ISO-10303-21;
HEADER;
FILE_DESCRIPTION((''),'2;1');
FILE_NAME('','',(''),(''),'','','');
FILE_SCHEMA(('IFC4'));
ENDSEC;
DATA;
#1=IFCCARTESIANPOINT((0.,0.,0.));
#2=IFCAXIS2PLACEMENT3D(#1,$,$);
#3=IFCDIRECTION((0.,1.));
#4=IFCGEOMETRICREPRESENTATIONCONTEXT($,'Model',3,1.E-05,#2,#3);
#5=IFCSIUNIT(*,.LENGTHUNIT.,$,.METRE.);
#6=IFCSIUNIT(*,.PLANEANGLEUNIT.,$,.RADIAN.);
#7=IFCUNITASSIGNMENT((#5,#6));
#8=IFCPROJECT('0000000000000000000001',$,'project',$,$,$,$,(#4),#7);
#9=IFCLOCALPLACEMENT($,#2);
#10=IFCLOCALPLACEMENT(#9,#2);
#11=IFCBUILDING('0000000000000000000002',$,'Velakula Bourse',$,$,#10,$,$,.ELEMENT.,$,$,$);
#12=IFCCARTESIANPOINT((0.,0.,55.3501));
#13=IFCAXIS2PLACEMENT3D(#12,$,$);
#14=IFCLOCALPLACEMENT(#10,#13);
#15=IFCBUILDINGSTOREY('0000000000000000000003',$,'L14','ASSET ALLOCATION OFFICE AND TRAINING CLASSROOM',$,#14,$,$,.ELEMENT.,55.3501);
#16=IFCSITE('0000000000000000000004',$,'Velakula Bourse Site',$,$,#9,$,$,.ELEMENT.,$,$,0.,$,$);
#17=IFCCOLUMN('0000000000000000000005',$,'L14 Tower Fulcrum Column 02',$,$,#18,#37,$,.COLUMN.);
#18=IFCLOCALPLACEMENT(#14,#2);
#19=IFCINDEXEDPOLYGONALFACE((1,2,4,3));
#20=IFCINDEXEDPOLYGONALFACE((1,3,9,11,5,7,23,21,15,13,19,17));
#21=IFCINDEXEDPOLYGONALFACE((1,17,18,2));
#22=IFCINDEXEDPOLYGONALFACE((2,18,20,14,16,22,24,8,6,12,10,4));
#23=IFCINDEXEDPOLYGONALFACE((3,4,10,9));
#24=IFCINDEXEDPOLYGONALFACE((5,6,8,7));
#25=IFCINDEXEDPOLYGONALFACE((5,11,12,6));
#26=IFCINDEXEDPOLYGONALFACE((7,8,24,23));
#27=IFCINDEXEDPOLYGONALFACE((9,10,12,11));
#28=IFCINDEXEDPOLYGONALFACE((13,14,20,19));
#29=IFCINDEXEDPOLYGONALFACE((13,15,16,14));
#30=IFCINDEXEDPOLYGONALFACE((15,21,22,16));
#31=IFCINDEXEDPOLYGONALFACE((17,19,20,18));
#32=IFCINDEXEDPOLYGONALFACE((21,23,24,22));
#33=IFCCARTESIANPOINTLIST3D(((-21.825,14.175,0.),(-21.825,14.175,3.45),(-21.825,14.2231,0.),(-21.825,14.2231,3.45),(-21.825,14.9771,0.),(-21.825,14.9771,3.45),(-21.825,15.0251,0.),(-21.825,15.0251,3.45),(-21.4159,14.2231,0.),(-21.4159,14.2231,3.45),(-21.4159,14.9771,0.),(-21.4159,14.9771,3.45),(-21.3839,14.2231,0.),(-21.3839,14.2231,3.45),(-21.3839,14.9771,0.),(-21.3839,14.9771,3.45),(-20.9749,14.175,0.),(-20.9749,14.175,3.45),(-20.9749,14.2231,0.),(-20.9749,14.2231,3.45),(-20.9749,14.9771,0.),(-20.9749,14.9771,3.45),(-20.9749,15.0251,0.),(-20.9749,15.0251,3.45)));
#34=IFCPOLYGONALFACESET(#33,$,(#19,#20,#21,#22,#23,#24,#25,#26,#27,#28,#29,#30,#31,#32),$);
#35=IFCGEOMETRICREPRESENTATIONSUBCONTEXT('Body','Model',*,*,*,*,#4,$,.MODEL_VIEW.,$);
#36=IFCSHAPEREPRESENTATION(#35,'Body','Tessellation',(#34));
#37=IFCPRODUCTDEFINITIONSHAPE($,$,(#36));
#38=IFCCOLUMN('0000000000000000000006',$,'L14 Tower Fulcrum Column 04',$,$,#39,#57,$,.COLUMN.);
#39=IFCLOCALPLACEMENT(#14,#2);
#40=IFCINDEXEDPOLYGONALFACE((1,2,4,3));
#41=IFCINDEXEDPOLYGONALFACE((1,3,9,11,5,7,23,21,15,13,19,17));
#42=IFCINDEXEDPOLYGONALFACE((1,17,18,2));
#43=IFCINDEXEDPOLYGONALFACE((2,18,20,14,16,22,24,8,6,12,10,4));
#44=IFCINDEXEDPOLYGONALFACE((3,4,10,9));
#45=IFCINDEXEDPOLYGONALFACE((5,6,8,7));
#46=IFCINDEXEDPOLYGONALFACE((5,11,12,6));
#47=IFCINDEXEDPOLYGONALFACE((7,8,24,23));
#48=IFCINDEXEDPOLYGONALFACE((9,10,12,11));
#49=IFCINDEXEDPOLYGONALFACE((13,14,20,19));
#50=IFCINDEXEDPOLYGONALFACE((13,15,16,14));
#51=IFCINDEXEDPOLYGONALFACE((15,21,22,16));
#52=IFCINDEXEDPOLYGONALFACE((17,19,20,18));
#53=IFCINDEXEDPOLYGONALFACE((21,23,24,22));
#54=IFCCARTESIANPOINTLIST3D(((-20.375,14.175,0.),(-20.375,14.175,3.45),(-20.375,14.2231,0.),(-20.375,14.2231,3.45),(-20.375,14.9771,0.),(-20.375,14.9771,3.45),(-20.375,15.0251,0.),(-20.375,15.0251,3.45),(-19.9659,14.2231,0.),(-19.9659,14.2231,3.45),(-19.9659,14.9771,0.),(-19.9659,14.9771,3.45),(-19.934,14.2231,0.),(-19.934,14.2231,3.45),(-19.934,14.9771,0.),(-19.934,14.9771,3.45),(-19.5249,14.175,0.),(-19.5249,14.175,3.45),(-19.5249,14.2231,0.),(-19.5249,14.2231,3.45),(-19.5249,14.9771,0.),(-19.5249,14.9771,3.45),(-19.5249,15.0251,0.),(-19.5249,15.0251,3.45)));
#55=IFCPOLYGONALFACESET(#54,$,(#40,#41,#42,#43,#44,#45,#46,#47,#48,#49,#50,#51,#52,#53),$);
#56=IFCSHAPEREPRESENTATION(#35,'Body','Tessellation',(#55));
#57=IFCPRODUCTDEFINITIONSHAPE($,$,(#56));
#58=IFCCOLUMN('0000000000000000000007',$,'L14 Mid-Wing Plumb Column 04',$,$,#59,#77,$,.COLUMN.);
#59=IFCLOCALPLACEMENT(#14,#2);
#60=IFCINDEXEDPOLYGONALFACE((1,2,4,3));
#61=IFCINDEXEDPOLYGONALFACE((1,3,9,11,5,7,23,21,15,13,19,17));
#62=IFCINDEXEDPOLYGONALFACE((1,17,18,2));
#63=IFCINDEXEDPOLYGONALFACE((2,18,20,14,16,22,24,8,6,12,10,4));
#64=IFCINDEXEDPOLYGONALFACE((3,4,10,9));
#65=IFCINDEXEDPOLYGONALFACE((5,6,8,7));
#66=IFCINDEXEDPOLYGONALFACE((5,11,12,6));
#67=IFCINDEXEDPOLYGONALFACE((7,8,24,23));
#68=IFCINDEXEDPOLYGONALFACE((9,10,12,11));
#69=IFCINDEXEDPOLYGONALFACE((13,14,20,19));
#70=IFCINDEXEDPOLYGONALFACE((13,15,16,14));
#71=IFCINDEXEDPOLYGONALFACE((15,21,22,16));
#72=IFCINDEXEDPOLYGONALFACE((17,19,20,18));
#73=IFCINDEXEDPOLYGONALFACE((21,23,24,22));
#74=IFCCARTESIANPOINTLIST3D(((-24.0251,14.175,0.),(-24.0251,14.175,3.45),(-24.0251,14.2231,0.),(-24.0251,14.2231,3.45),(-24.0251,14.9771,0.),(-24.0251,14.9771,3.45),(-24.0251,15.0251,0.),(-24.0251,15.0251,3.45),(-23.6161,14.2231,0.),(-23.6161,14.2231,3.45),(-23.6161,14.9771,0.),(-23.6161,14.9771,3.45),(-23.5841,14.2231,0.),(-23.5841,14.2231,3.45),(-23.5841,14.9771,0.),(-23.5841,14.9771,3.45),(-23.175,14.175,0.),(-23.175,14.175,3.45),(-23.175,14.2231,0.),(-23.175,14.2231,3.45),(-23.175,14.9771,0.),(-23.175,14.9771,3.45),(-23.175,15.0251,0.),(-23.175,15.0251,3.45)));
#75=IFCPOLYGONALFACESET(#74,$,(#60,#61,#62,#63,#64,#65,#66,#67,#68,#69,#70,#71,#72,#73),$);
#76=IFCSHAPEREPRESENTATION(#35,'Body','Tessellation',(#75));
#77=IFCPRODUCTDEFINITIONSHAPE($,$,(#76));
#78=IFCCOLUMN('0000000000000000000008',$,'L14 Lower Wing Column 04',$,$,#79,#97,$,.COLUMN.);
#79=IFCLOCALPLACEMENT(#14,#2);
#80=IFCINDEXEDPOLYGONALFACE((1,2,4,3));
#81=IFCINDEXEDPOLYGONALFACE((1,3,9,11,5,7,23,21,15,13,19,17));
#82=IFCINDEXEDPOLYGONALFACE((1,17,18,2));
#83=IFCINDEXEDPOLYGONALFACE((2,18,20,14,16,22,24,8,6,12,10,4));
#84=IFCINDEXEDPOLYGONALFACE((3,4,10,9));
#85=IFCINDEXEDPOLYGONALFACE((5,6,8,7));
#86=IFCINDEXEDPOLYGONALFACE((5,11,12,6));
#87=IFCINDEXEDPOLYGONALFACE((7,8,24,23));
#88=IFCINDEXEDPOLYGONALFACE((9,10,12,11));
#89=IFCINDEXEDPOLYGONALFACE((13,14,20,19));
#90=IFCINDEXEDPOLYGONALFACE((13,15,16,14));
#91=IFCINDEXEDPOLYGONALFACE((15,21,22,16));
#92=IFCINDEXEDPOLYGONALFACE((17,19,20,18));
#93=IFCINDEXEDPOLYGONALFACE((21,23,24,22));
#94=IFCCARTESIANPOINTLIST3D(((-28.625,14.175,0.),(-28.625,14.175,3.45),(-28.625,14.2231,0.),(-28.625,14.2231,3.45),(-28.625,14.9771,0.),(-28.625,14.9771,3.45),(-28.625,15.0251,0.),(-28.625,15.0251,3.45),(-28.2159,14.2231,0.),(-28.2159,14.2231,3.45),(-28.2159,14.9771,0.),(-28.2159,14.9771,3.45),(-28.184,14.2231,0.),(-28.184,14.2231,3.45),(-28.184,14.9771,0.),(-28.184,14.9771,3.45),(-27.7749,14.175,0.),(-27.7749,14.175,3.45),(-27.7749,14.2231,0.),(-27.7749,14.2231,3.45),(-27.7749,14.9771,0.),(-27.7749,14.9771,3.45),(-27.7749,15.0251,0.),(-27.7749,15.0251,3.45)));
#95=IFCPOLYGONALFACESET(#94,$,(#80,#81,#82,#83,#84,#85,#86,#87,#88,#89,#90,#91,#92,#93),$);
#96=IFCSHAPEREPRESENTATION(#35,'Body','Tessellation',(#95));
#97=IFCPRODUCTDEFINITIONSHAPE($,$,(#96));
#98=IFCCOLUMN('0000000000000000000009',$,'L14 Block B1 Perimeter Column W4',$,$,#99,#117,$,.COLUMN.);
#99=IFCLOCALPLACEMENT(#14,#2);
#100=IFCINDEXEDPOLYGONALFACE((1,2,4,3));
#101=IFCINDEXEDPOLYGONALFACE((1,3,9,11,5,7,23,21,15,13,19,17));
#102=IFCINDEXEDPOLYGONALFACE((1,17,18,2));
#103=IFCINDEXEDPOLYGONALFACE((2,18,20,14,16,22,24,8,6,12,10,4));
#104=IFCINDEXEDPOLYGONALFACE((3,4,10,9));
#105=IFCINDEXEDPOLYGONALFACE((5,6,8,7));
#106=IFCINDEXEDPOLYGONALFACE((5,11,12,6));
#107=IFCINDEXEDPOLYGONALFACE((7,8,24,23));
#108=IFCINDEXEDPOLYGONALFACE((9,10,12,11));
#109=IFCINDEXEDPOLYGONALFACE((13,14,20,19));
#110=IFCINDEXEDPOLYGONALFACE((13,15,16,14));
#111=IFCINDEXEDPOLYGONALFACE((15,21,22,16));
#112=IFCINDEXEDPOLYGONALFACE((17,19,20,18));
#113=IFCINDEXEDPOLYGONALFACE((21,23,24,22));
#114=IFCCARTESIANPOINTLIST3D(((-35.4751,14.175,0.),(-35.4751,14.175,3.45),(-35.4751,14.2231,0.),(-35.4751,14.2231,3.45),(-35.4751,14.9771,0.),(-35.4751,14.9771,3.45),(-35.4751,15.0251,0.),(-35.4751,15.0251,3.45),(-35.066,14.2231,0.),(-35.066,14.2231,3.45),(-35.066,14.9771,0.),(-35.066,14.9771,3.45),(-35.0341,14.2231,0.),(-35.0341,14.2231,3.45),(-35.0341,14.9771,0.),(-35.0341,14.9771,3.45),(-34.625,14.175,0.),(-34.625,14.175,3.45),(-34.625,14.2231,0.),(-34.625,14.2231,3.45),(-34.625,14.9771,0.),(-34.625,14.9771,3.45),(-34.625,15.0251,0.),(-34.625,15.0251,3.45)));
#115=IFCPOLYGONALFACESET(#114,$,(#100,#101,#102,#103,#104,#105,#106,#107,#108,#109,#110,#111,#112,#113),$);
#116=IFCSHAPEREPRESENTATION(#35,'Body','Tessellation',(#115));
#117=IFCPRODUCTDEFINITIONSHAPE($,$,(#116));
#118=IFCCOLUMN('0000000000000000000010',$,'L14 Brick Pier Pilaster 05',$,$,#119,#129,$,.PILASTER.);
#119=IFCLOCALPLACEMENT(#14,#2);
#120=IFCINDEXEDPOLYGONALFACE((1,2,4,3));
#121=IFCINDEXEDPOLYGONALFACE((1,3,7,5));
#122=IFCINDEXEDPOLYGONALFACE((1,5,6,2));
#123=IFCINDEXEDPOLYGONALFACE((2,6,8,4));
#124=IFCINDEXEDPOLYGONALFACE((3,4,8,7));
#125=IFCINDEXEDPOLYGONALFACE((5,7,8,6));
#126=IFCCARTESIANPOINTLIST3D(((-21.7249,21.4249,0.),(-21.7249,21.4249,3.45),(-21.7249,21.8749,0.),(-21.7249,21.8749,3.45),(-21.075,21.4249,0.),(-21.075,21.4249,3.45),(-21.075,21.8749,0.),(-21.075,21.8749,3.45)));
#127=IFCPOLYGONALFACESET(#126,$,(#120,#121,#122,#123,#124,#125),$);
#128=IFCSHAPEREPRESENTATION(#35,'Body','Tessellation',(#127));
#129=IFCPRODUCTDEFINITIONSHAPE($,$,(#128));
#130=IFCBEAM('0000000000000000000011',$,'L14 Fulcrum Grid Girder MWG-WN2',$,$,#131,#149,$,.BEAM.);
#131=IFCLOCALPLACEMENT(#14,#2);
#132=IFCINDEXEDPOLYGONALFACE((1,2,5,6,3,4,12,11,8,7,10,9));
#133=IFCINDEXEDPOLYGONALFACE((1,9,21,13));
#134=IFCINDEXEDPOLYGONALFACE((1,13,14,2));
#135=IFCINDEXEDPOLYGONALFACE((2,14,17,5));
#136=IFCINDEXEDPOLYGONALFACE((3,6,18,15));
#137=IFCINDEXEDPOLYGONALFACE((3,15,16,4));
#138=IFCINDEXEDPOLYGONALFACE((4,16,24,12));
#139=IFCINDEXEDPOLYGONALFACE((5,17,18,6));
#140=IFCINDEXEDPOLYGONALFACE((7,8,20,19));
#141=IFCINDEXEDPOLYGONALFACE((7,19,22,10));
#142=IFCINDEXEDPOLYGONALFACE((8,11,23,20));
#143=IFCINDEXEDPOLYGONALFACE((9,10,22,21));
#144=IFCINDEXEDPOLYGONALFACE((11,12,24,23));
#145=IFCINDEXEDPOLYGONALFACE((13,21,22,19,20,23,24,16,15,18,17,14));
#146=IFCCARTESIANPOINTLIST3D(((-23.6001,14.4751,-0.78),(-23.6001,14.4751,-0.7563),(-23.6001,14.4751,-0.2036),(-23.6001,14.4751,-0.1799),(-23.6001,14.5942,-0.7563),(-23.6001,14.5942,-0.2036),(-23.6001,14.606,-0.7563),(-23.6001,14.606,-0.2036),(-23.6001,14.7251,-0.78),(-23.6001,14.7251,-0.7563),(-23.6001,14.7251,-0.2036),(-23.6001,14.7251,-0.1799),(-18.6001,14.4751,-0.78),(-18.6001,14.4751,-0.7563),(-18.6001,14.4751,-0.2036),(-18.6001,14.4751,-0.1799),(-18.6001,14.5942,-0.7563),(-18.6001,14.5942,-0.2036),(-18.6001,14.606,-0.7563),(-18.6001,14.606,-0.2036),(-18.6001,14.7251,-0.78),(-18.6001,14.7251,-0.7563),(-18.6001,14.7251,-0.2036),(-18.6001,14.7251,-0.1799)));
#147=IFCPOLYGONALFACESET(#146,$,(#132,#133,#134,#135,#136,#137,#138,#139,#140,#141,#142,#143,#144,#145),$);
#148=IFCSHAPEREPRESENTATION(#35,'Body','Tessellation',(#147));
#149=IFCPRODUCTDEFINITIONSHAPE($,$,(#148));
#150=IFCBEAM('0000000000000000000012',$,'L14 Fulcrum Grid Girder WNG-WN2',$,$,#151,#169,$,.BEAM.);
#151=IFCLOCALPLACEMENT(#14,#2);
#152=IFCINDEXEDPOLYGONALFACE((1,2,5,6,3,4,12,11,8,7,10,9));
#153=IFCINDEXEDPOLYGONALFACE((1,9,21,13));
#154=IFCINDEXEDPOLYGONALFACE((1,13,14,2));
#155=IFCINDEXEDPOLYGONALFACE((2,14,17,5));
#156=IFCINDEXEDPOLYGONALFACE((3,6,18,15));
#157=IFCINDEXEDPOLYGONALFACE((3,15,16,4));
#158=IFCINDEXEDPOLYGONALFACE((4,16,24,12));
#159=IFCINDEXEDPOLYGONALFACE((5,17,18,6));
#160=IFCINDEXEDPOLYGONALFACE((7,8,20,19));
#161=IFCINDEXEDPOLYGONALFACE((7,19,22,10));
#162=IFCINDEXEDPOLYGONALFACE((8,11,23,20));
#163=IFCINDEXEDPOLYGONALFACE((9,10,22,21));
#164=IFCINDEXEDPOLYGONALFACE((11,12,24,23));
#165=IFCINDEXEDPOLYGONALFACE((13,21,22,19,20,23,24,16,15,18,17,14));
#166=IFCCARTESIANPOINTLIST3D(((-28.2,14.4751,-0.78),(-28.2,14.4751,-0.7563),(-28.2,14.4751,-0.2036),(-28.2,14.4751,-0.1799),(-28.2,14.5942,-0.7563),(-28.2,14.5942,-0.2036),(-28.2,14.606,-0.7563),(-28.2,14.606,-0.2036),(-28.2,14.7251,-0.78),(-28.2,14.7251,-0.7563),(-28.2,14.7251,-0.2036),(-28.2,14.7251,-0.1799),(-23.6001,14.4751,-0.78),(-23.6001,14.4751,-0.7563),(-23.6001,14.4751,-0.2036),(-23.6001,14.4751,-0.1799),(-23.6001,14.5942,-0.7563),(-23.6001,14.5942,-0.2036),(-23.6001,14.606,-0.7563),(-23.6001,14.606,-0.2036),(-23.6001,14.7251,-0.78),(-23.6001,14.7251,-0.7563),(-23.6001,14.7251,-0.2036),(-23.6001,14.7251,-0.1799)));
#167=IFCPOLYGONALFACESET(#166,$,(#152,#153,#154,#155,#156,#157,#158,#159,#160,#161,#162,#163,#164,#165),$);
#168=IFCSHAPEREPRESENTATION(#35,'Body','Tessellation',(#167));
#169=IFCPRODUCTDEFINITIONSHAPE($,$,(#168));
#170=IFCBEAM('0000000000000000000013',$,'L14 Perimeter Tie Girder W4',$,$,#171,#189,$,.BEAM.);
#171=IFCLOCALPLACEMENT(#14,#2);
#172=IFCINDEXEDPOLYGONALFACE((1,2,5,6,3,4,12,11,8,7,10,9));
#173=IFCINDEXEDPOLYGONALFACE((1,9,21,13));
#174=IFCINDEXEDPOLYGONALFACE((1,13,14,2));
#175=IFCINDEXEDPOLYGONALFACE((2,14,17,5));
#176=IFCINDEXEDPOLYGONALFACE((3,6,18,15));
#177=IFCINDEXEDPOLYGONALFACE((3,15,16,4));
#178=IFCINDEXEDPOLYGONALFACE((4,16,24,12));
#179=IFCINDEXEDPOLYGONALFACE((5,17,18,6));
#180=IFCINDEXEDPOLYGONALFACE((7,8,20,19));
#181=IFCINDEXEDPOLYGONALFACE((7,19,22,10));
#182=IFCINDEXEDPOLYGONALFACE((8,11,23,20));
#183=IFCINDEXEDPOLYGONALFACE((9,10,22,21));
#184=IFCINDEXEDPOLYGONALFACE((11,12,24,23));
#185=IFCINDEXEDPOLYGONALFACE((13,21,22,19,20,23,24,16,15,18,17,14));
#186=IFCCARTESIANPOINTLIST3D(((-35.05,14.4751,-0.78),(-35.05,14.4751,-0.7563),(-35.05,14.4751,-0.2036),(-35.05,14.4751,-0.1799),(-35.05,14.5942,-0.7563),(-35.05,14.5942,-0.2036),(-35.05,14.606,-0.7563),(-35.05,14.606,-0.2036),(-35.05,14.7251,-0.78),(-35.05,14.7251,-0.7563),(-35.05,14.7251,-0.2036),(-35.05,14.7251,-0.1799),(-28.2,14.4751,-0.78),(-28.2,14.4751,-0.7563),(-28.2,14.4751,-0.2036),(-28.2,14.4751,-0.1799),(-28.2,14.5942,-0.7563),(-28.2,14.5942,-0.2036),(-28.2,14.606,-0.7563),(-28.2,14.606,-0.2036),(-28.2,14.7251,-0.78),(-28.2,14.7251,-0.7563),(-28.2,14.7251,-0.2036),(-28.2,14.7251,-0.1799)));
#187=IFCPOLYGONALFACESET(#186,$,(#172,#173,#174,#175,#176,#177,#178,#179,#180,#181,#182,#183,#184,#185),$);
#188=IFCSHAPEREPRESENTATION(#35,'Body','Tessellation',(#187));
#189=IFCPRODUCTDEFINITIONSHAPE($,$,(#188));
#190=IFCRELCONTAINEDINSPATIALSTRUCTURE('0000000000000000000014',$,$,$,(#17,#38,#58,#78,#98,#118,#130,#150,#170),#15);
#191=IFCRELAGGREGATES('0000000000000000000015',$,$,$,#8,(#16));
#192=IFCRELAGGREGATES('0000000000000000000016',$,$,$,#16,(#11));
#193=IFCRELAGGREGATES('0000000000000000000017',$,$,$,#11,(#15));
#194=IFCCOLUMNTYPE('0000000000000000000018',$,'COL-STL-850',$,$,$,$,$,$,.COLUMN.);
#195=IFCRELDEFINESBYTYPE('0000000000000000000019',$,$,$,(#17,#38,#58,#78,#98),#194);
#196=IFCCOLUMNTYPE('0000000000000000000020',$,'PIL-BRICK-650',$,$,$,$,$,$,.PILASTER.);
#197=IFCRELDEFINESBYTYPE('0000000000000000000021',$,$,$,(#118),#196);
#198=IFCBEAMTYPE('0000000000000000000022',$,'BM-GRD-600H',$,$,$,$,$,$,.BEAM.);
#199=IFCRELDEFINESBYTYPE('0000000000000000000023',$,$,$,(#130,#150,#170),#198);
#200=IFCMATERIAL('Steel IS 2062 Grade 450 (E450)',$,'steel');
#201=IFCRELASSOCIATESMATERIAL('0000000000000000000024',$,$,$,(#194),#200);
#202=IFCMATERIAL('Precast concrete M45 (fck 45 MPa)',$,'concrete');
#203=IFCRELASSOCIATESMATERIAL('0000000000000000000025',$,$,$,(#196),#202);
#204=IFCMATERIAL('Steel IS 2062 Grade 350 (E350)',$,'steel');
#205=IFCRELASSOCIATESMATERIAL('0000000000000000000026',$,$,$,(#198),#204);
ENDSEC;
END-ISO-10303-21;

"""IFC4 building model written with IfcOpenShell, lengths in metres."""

from ifc_helpers import new_model, si_unit, direction, frame, origin, origin_2d, place, context, subcontext, project, spatial, rectangle, i_section, extrude, material, material_profile, profile_set, type_object, element, save


model = new_model("IFC4")

# Units and contexts
model_context = context("Model", 3, precision=1e-05, world=origin(), true_north=direction((0.0, 1.0)))
body_context = subcontext(model_context, "Body", "Model", "MODEL_VIEW")
ifc_project = project(units=[si_unit("LENGTHUNIT", "METRE"), si_unit("PLANEANGLEUNIT", "RADIAN")], contexts=[model_context])

# Site, building, storey
site_placement = place(None, origin())
site = spatial("IfcSite", under=ifc_project, at=site_placement, Name="Velakula Bourse Site", CompositionType="ELEMENT", RefElevation=0.0)
building_placement = place(site_placement, origin())
building = spatial("IfcBuilding", under=site, at=building_placement, Name="Velakula Bourse", CompositionType="ELEMENT")
storey_placement = place(building_placement, frame((0.0, 0.0, 55.3501)))
storey = spatial("IfcBuildingStorey", under=building, at=storey_placement, Name="L14", Description="ASSET ALLOCATION OFFICE AND TRAINING CLASSROOM", CompositionType="ELEMENT", Elevation=55.3501)

# Columns
ifc_material_1 = material(Name="Steel IS 2062 Grade 450 (E450)", Category="steel")
ifc_material_profile_1 = material_profile(ifc_material_1, i_section(OverallWidth=0.8501, OverallDepth=0.8501, WebThickness=0.032, FlangeThickness=0.0481, at=origin_2d()), Name="Steel IS 2062 Grade 450 (E450)")
ifc_profile_set_1 = profile_set([ifc_material_profile_1], Name="Steel IS 2062 Grade 450 (E450)")
column_type_1 = type_object("IfcColumnType", Name="COL-STL-850", PredefinedType="COLUMN", material=ifc_profile_set_1)
for number, where, z_axis, x_axis, name in (
    (1, (-21.3999, 14.6001, 0.0), (0.0, 0.0, 1.0), (1.0, 0.0, 0.0), "L14 Tower Fulcrum Column 02"),
    (2, (-19.95, 14.6001, 0.0), (0.0, 0.0, 1.0), (1.0, 0.0, 0.0), "L14 Tower Fulcrum Column 04"),
    (3, (-23.6001, 14.6001, 0.0), (0.0, 0.0, 1.0), (1.0, 0.0, 0.0), "L14 Mid-Wing Plumb Column 04"),
    (4, (-28.2, 14.6001, 0.0), (0.0, 0.0, 1.0), (1.0, 0.0, 0.0), "L14 Lower Wing Column 04"),
    (5, (-35.05, 14.6001, 0.0), (0.0, 0.0, 1.0), (1.0, 0.0, 0.0), "L14 Block B1 Perimeter Column W4"),
):
    element("IfcColumn", number, at=place(storey_placement, frame(where, z_axis=z_axis, x_axis=x_axis)), inside=storey, type_object=column_type_1, Name=name, PredefinedType="COLUMN", context=body_context, shape_type="SweptSolid", body=[
        extrude(i_section(OverallWidth=0.8501, OverallDepth=0.8501, WebThickness=0.032, FlangeThickness=0.0481, at=origin_2d()), origin(), (0.0, 0.0, 1.0), 3.45),
    ])
ifc_material_2 = material(Name="Precast concrete M45 (fck 45 MPa)", Category="concrete")
ifc_material_profile_2 = material_profile(ifc_material_2, rectangle(XDim=0.6499, YDim=0.45, at=origin_2d()), Name="Precast concrete M45 (fck 45 MPa)")
ifc_profile_set_2 = profile_set([ifc_material_profile_2], Name="Precast concrete M45 (fck 45 MPa)")
column_type_2 = type_object("IfcColumnType", Name="PIL-BRICK-650", PredefinedType="PILASTER", material=ifc_profile_set_2)
column_placement = place(storey_placement, frame((-21.3999, 21.6499, 0.0), z_axis=(0.0, 0.0, 1.0), x_axis=(1.0, 0.0, 0.0)))
element("IfcColumn", 6, at=column_placement, inside=storey, type_object=column_type_2, Name="L14 Brick Pier Pilaster 05", PredefinedType="PILASTER", context=body_context, shape_type="SweptSolid", body=[
    extrude(rectangle(XDim=0.6499, YDim=0.45, at=origin_2d()), origin(), (0.0, 0.0, 1.0), 3.45),
])

# Beams
ifc_material_3 = material(Name="Steel IS 2062 Grade 350 (E350)", Category="steel")
ifc_material_profile_3 = material_profile(ifc_material_3, i_section(OverallWidth=0.25, OverallDepth=0.6001, WebThickness=0.0117, FlangeThickness=0.0237, at=origin_2d()), Name="Steel IS 2062 Grade 350 (E350)")
ifc_profile_set_3 = profile_set([ifc_material_profile_3], Name="Steel IS 2062 Grade 350 (E350)")
beam_type_1 = type_object("IfcBeamType", Name="BM-GRD-600H", PredefinedType="BEAM", material=ifc_profile_set_3)
beam_1_placement = place(storey_placement, frame((-23.6001, 14.6001, -0.48), z_axis=(1.0, 0.0, 0.0), x_axis=(0.0, 1.0, 0.0)))
element("IfcBeam", 7, at=beam_1_placement, inside=storey, type_object=beam_type_1, Name="L14 Fulcrum Grid Girder MWG-WN2", PredefinedType="BEAM", context=body_context, shape_type="SweptSolid", body=[
    extrude(i_section(OverallWidth=0.25, OverallDepth=0.6001, WebThickness=0.0117, FlangeThickness=0.0237, at=origin_2d()), origin(), (0.0, 0.0, 1.0), 5.0),
])
beam_2_placement = place(storey_placement, frame((-28.2, 14.6001, -0.48), z_axis=(1.0, 0.0, 0.0), x_axis=(0.0, 1.0, 0.0)))
element("IfcBeam", 8, at=beam_2_placement, inside=storey, type_object=beam_type_1, Name="L14 Fulcrum Grid Girder WNG-WN2", PredefinedType="BEAM", context=body_context, shape_type="SweptSolid", body=[
    extrude(i_section(OverallWidth=0.25, OverallDepth=0.6001, WebThickness=0.0117, FlangeThickness=0.0237, at=origin_2d()), origin(), (0.0, 0.0, 1.0), 4.5999),
])
beam_3_placement = place(storey_placement, frame((-28.2, 14.6001, -0.48), z_axis=(-1.0, 0.0, 0.0), x_axis=(0.0, -1.0, 0.0)))
element("IfcBeam", 9, at=beam_3_placement, inside=storey, type_object=beam_type_1, Name="L14 Perimeter Tie Girder W4", PredefinedType="BEAM", context=body_context, shape_type="SweptSolid", body=[
    extrude(i_section(OverallWidth=0.25, OverallDepth=0.6001, WebThickness=0.0117, FlangeThickness=0.0237, at=origin_2d()), origin(), (0.0, 0.0, 1.0), 6.8501),
])

save(model, "model.ifc")
